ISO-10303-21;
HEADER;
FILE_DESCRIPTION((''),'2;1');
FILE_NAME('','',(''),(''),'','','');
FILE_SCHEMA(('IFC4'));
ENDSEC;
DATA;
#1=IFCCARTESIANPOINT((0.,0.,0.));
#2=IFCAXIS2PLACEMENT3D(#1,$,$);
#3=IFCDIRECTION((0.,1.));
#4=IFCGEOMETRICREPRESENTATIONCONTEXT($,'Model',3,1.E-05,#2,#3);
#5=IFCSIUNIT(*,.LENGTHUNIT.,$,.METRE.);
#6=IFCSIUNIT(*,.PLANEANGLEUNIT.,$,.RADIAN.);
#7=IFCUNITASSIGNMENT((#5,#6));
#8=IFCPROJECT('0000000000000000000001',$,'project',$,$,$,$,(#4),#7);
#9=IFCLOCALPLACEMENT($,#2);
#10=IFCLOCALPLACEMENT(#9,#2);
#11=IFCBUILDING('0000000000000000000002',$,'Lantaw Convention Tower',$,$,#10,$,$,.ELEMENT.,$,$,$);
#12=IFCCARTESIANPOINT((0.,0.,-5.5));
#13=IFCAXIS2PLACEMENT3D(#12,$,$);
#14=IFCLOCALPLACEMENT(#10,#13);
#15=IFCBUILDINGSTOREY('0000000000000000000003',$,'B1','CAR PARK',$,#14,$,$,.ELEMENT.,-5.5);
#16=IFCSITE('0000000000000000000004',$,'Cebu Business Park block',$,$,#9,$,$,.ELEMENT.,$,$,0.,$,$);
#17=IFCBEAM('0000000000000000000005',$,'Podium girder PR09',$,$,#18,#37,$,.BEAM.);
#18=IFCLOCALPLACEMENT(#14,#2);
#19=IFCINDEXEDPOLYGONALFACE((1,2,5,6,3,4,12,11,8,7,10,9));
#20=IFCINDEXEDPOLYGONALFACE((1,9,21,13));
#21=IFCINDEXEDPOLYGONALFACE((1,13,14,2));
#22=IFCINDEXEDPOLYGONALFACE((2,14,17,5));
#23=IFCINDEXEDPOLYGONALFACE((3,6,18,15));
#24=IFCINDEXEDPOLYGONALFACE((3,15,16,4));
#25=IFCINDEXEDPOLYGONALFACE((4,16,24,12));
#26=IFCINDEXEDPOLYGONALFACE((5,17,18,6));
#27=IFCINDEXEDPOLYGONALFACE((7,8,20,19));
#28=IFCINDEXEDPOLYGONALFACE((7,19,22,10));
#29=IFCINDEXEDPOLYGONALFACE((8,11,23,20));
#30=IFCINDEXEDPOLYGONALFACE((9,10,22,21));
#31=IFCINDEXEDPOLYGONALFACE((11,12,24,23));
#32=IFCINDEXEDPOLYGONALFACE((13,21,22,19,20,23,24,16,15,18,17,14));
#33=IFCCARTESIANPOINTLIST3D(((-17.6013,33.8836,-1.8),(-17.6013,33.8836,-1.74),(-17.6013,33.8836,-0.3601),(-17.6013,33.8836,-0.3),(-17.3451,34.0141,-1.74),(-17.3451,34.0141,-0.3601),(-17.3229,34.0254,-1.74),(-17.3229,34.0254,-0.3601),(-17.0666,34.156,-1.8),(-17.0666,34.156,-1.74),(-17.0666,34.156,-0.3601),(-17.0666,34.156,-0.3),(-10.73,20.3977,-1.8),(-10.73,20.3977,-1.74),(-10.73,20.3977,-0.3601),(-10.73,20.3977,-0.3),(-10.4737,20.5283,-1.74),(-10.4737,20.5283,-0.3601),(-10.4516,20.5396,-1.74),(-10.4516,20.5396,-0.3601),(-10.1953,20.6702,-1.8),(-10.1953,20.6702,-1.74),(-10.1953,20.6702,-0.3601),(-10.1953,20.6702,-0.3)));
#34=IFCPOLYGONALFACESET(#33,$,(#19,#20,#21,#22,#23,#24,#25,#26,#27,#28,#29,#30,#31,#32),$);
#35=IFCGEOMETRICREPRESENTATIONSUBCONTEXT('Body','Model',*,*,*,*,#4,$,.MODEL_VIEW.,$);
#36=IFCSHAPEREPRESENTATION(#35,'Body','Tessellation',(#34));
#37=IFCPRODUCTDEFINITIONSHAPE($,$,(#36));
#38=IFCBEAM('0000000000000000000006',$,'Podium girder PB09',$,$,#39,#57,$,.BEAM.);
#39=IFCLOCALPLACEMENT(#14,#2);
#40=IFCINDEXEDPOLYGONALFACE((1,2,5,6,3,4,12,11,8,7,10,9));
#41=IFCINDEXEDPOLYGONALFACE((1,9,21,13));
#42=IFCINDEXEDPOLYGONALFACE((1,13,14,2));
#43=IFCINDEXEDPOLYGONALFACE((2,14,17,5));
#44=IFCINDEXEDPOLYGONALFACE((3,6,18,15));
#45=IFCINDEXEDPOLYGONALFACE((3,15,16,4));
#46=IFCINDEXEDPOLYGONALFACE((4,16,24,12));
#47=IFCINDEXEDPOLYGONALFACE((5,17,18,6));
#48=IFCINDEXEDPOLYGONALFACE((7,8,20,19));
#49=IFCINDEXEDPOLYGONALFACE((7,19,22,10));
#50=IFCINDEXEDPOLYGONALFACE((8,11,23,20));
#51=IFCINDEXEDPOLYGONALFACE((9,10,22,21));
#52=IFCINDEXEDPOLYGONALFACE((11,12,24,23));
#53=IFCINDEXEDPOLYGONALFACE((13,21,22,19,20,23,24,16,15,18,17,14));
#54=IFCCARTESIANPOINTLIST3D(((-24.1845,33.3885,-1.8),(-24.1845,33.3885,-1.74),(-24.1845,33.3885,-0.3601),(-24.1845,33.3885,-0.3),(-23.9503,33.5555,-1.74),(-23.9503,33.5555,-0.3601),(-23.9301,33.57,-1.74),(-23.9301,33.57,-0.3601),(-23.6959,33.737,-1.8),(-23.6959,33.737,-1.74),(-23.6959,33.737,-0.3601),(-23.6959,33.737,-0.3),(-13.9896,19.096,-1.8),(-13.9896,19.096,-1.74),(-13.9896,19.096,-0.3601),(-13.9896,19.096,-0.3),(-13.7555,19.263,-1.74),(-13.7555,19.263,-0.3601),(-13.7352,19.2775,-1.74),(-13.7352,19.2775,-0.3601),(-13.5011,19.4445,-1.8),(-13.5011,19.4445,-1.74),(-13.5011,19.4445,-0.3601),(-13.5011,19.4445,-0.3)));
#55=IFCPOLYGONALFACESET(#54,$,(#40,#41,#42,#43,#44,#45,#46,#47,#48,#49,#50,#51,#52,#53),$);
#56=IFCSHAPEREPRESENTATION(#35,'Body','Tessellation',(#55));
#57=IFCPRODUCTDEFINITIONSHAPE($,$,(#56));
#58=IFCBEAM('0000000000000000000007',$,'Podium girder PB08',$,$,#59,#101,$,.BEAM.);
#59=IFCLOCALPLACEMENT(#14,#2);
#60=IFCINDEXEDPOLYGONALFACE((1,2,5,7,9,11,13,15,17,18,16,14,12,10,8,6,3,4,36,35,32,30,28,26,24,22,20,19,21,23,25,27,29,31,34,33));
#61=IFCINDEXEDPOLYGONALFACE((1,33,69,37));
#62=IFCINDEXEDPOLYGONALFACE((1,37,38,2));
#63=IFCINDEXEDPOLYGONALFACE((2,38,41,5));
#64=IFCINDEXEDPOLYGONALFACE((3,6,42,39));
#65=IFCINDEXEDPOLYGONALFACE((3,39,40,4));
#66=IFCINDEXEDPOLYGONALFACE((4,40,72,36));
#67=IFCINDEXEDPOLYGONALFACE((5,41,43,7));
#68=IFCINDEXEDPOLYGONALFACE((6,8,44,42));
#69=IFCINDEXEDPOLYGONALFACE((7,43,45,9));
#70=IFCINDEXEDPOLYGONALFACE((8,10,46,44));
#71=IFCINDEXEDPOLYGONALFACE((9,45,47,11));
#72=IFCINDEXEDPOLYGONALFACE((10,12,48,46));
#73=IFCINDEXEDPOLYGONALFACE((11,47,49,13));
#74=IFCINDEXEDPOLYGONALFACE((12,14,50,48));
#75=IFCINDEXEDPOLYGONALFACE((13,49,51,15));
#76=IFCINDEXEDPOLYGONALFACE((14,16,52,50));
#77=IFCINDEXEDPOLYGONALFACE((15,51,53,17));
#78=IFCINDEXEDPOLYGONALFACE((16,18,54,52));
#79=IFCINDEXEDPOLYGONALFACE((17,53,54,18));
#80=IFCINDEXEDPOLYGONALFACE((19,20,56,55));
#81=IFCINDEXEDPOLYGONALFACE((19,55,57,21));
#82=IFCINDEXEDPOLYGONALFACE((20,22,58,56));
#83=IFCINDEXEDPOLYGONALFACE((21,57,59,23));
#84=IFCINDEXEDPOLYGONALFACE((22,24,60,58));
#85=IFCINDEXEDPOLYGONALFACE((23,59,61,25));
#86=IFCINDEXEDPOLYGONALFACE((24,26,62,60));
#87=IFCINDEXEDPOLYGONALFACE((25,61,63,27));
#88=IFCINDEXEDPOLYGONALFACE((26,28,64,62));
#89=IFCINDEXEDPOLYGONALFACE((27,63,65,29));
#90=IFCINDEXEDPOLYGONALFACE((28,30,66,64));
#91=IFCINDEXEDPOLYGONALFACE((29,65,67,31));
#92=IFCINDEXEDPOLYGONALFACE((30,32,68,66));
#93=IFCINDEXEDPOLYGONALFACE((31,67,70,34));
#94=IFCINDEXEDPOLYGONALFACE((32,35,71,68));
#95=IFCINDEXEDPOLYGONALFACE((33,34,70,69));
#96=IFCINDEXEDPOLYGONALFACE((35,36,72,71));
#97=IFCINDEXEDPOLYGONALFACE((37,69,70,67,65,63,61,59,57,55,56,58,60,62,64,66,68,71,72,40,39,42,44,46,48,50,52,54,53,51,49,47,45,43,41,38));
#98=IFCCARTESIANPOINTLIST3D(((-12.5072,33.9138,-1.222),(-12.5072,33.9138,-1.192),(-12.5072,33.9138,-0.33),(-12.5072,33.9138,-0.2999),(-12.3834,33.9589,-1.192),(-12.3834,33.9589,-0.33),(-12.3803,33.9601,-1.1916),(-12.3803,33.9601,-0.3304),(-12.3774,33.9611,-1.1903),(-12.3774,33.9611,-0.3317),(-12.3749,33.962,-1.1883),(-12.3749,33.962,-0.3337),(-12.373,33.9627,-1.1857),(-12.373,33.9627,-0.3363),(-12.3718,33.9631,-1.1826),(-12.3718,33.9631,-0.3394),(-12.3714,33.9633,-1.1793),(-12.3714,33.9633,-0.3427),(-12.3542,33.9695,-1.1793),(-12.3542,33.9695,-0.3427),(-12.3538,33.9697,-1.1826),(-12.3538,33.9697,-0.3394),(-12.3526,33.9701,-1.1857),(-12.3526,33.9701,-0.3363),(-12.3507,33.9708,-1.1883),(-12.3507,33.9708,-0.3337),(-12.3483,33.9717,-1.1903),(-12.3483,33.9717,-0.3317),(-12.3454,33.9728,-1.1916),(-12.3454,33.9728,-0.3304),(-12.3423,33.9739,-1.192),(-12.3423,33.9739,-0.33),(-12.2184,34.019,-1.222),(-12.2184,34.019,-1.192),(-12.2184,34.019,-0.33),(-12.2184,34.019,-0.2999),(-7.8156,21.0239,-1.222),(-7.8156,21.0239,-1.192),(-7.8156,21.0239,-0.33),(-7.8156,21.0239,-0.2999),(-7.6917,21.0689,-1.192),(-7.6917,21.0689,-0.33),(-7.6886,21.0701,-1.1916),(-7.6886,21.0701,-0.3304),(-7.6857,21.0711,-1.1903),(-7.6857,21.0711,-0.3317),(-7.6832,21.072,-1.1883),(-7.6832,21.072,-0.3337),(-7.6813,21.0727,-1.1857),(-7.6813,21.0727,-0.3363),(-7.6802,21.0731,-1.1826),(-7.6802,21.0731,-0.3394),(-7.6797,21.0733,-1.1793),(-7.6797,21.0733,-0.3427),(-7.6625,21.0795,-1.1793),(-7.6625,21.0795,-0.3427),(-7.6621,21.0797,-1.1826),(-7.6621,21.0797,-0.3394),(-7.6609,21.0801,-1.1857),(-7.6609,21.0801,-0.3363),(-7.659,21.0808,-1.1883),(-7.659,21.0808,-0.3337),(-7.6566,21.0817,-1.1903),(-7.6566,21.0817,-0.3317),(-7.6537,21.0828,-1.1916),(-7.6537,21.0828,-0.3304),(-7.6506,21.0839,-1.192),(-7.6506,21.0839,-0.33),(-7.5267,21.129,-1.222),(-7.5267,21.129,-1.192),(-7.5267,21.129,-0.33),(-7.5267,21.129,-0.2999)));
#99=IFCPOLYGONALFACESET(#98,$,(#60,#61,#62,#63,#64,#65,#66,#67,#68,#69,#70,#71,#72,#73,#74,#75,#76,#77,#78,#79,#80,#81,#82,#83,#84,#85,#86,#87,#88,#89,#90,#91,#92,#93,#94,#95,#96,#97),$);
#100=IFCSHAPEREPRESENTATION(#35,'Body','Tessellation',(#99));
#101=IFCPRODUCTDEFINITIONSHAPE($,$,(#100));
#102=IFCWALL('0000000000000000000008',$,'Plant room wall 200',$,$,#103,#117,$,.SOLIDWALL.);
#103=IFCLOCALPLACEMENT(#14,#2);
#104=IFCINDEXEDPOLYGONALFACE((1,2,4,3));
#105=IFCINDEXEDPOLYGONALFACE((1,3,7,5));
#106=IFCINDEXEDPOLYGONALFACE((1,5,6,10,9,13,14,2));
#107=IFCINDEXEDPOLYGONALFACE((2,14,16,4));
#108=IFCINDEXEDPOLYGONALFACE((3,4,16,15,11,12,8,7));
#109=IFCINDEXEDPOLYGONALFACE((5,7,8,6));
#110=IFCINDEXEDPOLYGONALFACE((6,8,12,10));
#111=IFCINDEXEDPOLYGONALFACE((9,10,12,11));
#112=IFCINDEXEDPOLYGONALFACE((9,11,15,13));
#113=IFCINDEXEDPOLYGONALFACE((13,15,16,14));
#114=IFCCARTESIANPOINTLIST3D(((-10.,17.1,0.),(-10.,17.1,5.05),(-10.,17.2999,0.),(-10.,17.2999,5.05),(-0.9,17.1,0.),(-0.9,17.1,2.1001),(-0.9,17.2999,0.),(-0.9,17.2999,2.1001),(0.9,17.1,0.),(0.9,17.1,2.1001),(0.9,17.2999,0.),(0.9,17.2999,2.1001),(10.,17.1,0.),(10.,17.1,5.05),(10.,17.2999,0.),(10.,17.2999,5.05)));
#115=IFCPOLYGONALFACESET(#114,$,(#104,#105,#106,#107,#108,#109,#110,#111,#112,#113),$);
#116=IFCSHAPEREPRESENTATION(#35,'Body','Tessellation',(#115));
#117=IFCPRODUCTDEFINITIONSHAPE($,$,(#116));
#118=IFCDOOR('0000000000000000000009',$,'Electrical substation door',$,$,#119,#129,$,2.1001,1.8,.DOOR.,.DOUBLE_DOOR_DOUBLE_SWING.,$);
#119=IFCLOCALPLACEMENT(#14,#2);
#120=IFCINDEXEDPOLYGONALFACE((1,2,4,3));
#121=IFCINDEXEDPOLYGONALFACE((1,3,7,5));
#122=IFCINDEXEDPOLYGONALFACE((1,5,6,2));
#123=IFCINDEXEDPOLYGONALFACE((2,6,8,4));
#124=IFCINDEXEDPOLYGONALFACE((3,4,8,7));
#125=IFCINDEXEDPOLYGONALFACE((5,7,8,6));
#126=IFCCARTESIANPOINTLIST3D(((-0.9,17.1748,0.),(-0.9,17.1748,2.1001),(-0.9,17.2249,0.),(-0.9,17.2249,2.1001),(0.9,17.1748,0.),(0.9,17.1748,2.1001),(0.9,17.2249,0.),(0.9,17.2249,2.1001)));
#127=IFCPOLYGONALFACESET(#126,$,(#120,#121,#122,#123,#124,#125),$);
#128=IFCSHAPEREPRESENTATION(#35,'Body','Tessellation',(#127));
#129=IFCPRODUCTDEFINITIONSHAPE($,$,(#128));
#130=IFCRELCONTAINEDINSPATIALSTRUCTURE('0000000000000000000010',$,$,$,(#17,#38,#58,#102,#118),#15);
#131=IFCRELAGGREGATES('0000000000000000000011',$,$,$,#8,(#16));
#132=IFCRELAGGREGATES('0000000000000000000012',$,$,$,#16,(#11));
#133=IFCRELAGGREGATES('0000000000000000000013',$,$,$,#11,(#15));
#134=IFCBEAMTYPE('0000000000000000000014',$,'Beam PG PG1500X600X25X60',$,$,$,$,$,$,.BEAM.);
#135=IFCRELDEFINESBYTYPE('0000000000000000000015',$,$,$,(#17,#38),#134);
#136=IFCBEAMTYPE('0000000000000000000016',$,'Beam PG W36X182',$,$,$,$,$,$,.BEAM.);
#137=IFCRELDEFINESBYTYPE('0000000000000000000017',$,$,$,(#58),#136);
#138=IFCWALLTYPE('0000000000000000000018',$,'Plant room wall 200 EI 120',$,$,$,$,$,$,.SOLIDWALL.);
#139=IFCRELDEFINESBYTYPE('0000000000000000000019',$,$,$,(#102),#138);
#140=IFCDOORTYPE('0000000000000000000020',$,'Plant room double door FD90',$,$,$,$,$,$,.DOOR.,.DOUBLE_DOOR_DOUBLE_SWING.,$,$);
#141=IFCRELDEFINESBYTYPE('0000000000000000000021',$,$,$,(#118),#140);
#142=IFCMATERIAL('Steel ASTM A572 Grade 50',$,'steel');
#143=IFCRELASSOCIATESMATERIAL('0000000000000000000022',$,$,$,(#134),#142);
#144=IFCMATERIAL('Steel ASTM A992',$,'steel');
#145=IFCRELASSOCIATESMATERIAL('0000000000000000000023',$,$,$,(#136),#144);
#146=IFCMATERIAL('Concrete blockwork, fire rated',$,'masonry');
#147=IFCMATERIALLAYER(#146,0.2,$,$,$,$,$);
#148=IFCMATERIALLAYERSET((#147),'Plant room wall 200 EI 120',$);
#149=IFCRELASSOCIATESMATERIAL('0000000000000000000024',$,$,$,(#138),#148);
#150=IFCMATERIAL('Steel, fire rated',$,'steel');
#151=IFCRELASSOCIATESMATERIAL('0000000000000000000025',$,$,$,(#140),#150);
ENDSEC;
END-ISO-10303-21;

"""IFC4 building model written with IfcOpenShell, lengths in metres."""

from ifc_helpers import new_model, si_unit, direction, frame, frame_2d, origin, origin_2d, place, context, subcontext, project, spatial, rectangle, i_section, extrude, material, layer, layer_set, material_profile, profile_set, type_object, element, fill, save


model = new_model("IFC4")

# Units and contexts
model_context = context("Model", 3, precision=1e-05, world=origin(), true_north=direction((0.0, 1.0)))
body_context = subcontext(model_context, "Body", "Model", "MODEL_VIEW")
ifc_project = project(units=[si_unit("LENGTHUNIT", "METRE"), si_unit("PLANEANGLEUNIT", "RADIAN")], contexts=[model_context])

# Site, building, storey
site_placement = place(None, origin())
site = spatial("IfcSite", under=ifc_project, at=site_placement, Name="Cebu Business Park block", CompositionType="ELEMENT", RefElevation=0.0)
building_placement = place(site_placement, origin())
building = spatial("IfcBuilding", under=site, at=building_placement, Name="Lantaw Convention Tower", CompositionType="ELEMENT")
storey_placement = place(building_placement, frame((0.0, 0.0, -5.5)))
storey = spatial("IfcBuildingStorey", under=building, at=storey_placement, Name="B1", Description="CAR PARK", CompositionType="ELEMENT", Elevation=-5.5)

# Shared definitions
ifc_material_1 = material(Name="Steel ASTM A572 Grade 50", Category="steel")

# Beams
ifc_material_2 = material(Name="Steel ASTM A992", Category="steel")
ifc_material_profile_1 = material_profile(ifc_material_1, i_section(OverallWidth=0.6001, OverallDepth=1.5, WebThickness=0.0249, FlangeThickness=0.0601, at=origin_2d()), Name="PG1500X600X25X60")
ifc_profile_set_1 = profile_set([ifc_material_profile_1], Name="Steel ASTM A572 Grade 50")
beam_type_1 = type_object("IfcBeamType", Name="Beam PG PG1500X600X25X60", PredefinedType="BEAM", material=ifc_profile_set_1)
beam_1_placement = place(storey_placement, frame((-10.4626, 20.5339, -1.05), z_axis=(-0.453988, 0.891008, 0.0), x_axis=(-0.891008, -0.453988, 0.0)))
element("IfcBeam", 1, at=beam_1_placement, inside=storey, type_object=beam_type_1, Name="Podium girder PR09", PredefinedType="BEAM", context=body_context, shape_type="SweptSolid", body=[
    extrude(i_section(OverallWidth=0.6001, OverallDepth=1.5, WebThickness=0.0249, FlangeThickness=0.0601, at=origin_2d()), origin(), (0.0, 0.0, 1.0), 15.1355),
])
beam_2_placement = place(storey_placement, frame((-13.7454, 19.2703, -1.05), z_axis=(-0.580707, 0.814113, 0.0), x_axis=(-0.814113, -0.580707, 0.0)))
element("IfcBeam", 2, at=beam_2_placement, inside=storey, type_object=beam_type_1, Name="Podium girder PB09", PredefinedType="BEAM", context=body_context, shape_type="SweptSolid", body=[
    extrude(i_section(OverallWidth=0.6001, OverallDepth=1.5, WebThickness=0.0249, FlangeThickness=0.0601, at=origin_2d()), origin(), (0.0, 0.0, 1.0), 17.5559),
])
ifc_material_profile_2 = material_profile(ifc_material_2, i_section(OverallWidth=0.3074, OverallDepth=0.9221, WebThickness=0.0183, FlangeThickness=0.03, FilletRadius=0.0127, at=origin_2d()), Name="W36X182")
ifc_profile_set_2 = profile_set([ifc_material_profile_2], Name="Steel ASTM A992")
beam_type_2 = type_object("IfcBeamType", Name="Beam PG W36X182", PredefinedType="BEAM", material=ifc_profile_set_2)
beam_3_placement = place(storey_placement, frame((-7.6711, 21.0764, -0.761), z_axis=(-0.342027, 0.93969, 0.0), x_axis=(-0.93969, -0.342027, 0.0)))
element("IfcBeam", 3, at=beam_3_placement, inside=storey, type_object=beam_type_2, Name="Podium girder PB08", PredefinedType="BEAM", context=body_context, shape_type="SweptSolid", body=[
    extrude(i_section(OverallWidth=0.3074, OverallDepth=0.9221, WebThickness=0.0183, FlangeThickness=0.03, FilletRadius=0.0127, at=origin_2d()), origin(), (0.0, 0.0, 1.0), 13.7173),
])

# Wall, opening, door
ifc_material_3 = material(Name="Concrete blockwork, fire rated", Category="masonry")
ifc_layer = layer(ifc_material_3, 0.2)
ifc_layer_set = layer_set([ifc_layer], Name="Plant room wall 200 EI 120")
wall_type = type_object("IfcWallType", Name="Plant room wall 200 EI 120", PredefinedType="SOLIDWALL", material=ifc_layer_set)
wall_placement = place(storey_placement, frame((-10.0, 17.2, 0.0), z_axis=(0.0, 0.0, 1.0), x_axis=(1.0, 0.0, 0.0)))
wall = element("IfcWall", 4, at=wall_placement, inside=storey, type_object=wall_type, Name="Plant room wall 200", PredefinedType="SOLIDWALL", context=body_context, shape_type="SweptSolid", body=[
    extrude(rectangle(XDim=20.0, YDim=0.2, at=frame_2d((10.0, 0.0))), origin(), (0.0, 0.0, 1.0), 5.05),
])
opening_placement = place(wall_placement, frame((9.1001, 0.0, 0.0)))
opening = element("IfcOpeningElement", 5, at=opening_placement, cuts=wall, PredefinedType="OPENING", context=body_context, shape_type="SweptSolid", body=[
    extrude(rectangle(XDim=1.8, YDim=2.1001, at=frame_2d((0.8999, 1.05))), frame((0.0, 0.1099, 0.0), z_axis=(0.0, -1.0, 0.0), x_axis=(1.0, 0.0, 0.0)), (0.0, 0.0, 1.0), 0.22),
])
ifc_material_4 = material(Name="Steel, fire rated", Category="steel")
door_type = type_object("IfcDoorType", Name="Plant room double door FD90", OperationType="DOUBLE_DOOR_DOUBLE_SWING", PredefinedType="DOOR", material=ifc_material_4)
door_placement = place(opening_placement, origin())
door = element("IfcDoor", 6, at=door_placement, inside=storey, type_object=door_type, Name="Electrical substation door", OperationType="DOUBLE_DOOR_DOUBLE_SWING", OverallHeight=2.1001, OverallWidth=1.8, PredefinedType="DOOR", context=body_context, shape_type="SweptSolid", body=[
    extrude(rectangle(XDim=1.8, YDim=2.1001, at=frame_2d((0.8999, 1.05))), frame((0.0, 0.0249, 0.0), z_axis=(0.0, -1.0, 0.0), x_axis=(1.0, 0.0, 0.0)), (0.0, 0.0, 1.0), 0.05),
])
fill(opening, door)

save(model, "model.ifc")
